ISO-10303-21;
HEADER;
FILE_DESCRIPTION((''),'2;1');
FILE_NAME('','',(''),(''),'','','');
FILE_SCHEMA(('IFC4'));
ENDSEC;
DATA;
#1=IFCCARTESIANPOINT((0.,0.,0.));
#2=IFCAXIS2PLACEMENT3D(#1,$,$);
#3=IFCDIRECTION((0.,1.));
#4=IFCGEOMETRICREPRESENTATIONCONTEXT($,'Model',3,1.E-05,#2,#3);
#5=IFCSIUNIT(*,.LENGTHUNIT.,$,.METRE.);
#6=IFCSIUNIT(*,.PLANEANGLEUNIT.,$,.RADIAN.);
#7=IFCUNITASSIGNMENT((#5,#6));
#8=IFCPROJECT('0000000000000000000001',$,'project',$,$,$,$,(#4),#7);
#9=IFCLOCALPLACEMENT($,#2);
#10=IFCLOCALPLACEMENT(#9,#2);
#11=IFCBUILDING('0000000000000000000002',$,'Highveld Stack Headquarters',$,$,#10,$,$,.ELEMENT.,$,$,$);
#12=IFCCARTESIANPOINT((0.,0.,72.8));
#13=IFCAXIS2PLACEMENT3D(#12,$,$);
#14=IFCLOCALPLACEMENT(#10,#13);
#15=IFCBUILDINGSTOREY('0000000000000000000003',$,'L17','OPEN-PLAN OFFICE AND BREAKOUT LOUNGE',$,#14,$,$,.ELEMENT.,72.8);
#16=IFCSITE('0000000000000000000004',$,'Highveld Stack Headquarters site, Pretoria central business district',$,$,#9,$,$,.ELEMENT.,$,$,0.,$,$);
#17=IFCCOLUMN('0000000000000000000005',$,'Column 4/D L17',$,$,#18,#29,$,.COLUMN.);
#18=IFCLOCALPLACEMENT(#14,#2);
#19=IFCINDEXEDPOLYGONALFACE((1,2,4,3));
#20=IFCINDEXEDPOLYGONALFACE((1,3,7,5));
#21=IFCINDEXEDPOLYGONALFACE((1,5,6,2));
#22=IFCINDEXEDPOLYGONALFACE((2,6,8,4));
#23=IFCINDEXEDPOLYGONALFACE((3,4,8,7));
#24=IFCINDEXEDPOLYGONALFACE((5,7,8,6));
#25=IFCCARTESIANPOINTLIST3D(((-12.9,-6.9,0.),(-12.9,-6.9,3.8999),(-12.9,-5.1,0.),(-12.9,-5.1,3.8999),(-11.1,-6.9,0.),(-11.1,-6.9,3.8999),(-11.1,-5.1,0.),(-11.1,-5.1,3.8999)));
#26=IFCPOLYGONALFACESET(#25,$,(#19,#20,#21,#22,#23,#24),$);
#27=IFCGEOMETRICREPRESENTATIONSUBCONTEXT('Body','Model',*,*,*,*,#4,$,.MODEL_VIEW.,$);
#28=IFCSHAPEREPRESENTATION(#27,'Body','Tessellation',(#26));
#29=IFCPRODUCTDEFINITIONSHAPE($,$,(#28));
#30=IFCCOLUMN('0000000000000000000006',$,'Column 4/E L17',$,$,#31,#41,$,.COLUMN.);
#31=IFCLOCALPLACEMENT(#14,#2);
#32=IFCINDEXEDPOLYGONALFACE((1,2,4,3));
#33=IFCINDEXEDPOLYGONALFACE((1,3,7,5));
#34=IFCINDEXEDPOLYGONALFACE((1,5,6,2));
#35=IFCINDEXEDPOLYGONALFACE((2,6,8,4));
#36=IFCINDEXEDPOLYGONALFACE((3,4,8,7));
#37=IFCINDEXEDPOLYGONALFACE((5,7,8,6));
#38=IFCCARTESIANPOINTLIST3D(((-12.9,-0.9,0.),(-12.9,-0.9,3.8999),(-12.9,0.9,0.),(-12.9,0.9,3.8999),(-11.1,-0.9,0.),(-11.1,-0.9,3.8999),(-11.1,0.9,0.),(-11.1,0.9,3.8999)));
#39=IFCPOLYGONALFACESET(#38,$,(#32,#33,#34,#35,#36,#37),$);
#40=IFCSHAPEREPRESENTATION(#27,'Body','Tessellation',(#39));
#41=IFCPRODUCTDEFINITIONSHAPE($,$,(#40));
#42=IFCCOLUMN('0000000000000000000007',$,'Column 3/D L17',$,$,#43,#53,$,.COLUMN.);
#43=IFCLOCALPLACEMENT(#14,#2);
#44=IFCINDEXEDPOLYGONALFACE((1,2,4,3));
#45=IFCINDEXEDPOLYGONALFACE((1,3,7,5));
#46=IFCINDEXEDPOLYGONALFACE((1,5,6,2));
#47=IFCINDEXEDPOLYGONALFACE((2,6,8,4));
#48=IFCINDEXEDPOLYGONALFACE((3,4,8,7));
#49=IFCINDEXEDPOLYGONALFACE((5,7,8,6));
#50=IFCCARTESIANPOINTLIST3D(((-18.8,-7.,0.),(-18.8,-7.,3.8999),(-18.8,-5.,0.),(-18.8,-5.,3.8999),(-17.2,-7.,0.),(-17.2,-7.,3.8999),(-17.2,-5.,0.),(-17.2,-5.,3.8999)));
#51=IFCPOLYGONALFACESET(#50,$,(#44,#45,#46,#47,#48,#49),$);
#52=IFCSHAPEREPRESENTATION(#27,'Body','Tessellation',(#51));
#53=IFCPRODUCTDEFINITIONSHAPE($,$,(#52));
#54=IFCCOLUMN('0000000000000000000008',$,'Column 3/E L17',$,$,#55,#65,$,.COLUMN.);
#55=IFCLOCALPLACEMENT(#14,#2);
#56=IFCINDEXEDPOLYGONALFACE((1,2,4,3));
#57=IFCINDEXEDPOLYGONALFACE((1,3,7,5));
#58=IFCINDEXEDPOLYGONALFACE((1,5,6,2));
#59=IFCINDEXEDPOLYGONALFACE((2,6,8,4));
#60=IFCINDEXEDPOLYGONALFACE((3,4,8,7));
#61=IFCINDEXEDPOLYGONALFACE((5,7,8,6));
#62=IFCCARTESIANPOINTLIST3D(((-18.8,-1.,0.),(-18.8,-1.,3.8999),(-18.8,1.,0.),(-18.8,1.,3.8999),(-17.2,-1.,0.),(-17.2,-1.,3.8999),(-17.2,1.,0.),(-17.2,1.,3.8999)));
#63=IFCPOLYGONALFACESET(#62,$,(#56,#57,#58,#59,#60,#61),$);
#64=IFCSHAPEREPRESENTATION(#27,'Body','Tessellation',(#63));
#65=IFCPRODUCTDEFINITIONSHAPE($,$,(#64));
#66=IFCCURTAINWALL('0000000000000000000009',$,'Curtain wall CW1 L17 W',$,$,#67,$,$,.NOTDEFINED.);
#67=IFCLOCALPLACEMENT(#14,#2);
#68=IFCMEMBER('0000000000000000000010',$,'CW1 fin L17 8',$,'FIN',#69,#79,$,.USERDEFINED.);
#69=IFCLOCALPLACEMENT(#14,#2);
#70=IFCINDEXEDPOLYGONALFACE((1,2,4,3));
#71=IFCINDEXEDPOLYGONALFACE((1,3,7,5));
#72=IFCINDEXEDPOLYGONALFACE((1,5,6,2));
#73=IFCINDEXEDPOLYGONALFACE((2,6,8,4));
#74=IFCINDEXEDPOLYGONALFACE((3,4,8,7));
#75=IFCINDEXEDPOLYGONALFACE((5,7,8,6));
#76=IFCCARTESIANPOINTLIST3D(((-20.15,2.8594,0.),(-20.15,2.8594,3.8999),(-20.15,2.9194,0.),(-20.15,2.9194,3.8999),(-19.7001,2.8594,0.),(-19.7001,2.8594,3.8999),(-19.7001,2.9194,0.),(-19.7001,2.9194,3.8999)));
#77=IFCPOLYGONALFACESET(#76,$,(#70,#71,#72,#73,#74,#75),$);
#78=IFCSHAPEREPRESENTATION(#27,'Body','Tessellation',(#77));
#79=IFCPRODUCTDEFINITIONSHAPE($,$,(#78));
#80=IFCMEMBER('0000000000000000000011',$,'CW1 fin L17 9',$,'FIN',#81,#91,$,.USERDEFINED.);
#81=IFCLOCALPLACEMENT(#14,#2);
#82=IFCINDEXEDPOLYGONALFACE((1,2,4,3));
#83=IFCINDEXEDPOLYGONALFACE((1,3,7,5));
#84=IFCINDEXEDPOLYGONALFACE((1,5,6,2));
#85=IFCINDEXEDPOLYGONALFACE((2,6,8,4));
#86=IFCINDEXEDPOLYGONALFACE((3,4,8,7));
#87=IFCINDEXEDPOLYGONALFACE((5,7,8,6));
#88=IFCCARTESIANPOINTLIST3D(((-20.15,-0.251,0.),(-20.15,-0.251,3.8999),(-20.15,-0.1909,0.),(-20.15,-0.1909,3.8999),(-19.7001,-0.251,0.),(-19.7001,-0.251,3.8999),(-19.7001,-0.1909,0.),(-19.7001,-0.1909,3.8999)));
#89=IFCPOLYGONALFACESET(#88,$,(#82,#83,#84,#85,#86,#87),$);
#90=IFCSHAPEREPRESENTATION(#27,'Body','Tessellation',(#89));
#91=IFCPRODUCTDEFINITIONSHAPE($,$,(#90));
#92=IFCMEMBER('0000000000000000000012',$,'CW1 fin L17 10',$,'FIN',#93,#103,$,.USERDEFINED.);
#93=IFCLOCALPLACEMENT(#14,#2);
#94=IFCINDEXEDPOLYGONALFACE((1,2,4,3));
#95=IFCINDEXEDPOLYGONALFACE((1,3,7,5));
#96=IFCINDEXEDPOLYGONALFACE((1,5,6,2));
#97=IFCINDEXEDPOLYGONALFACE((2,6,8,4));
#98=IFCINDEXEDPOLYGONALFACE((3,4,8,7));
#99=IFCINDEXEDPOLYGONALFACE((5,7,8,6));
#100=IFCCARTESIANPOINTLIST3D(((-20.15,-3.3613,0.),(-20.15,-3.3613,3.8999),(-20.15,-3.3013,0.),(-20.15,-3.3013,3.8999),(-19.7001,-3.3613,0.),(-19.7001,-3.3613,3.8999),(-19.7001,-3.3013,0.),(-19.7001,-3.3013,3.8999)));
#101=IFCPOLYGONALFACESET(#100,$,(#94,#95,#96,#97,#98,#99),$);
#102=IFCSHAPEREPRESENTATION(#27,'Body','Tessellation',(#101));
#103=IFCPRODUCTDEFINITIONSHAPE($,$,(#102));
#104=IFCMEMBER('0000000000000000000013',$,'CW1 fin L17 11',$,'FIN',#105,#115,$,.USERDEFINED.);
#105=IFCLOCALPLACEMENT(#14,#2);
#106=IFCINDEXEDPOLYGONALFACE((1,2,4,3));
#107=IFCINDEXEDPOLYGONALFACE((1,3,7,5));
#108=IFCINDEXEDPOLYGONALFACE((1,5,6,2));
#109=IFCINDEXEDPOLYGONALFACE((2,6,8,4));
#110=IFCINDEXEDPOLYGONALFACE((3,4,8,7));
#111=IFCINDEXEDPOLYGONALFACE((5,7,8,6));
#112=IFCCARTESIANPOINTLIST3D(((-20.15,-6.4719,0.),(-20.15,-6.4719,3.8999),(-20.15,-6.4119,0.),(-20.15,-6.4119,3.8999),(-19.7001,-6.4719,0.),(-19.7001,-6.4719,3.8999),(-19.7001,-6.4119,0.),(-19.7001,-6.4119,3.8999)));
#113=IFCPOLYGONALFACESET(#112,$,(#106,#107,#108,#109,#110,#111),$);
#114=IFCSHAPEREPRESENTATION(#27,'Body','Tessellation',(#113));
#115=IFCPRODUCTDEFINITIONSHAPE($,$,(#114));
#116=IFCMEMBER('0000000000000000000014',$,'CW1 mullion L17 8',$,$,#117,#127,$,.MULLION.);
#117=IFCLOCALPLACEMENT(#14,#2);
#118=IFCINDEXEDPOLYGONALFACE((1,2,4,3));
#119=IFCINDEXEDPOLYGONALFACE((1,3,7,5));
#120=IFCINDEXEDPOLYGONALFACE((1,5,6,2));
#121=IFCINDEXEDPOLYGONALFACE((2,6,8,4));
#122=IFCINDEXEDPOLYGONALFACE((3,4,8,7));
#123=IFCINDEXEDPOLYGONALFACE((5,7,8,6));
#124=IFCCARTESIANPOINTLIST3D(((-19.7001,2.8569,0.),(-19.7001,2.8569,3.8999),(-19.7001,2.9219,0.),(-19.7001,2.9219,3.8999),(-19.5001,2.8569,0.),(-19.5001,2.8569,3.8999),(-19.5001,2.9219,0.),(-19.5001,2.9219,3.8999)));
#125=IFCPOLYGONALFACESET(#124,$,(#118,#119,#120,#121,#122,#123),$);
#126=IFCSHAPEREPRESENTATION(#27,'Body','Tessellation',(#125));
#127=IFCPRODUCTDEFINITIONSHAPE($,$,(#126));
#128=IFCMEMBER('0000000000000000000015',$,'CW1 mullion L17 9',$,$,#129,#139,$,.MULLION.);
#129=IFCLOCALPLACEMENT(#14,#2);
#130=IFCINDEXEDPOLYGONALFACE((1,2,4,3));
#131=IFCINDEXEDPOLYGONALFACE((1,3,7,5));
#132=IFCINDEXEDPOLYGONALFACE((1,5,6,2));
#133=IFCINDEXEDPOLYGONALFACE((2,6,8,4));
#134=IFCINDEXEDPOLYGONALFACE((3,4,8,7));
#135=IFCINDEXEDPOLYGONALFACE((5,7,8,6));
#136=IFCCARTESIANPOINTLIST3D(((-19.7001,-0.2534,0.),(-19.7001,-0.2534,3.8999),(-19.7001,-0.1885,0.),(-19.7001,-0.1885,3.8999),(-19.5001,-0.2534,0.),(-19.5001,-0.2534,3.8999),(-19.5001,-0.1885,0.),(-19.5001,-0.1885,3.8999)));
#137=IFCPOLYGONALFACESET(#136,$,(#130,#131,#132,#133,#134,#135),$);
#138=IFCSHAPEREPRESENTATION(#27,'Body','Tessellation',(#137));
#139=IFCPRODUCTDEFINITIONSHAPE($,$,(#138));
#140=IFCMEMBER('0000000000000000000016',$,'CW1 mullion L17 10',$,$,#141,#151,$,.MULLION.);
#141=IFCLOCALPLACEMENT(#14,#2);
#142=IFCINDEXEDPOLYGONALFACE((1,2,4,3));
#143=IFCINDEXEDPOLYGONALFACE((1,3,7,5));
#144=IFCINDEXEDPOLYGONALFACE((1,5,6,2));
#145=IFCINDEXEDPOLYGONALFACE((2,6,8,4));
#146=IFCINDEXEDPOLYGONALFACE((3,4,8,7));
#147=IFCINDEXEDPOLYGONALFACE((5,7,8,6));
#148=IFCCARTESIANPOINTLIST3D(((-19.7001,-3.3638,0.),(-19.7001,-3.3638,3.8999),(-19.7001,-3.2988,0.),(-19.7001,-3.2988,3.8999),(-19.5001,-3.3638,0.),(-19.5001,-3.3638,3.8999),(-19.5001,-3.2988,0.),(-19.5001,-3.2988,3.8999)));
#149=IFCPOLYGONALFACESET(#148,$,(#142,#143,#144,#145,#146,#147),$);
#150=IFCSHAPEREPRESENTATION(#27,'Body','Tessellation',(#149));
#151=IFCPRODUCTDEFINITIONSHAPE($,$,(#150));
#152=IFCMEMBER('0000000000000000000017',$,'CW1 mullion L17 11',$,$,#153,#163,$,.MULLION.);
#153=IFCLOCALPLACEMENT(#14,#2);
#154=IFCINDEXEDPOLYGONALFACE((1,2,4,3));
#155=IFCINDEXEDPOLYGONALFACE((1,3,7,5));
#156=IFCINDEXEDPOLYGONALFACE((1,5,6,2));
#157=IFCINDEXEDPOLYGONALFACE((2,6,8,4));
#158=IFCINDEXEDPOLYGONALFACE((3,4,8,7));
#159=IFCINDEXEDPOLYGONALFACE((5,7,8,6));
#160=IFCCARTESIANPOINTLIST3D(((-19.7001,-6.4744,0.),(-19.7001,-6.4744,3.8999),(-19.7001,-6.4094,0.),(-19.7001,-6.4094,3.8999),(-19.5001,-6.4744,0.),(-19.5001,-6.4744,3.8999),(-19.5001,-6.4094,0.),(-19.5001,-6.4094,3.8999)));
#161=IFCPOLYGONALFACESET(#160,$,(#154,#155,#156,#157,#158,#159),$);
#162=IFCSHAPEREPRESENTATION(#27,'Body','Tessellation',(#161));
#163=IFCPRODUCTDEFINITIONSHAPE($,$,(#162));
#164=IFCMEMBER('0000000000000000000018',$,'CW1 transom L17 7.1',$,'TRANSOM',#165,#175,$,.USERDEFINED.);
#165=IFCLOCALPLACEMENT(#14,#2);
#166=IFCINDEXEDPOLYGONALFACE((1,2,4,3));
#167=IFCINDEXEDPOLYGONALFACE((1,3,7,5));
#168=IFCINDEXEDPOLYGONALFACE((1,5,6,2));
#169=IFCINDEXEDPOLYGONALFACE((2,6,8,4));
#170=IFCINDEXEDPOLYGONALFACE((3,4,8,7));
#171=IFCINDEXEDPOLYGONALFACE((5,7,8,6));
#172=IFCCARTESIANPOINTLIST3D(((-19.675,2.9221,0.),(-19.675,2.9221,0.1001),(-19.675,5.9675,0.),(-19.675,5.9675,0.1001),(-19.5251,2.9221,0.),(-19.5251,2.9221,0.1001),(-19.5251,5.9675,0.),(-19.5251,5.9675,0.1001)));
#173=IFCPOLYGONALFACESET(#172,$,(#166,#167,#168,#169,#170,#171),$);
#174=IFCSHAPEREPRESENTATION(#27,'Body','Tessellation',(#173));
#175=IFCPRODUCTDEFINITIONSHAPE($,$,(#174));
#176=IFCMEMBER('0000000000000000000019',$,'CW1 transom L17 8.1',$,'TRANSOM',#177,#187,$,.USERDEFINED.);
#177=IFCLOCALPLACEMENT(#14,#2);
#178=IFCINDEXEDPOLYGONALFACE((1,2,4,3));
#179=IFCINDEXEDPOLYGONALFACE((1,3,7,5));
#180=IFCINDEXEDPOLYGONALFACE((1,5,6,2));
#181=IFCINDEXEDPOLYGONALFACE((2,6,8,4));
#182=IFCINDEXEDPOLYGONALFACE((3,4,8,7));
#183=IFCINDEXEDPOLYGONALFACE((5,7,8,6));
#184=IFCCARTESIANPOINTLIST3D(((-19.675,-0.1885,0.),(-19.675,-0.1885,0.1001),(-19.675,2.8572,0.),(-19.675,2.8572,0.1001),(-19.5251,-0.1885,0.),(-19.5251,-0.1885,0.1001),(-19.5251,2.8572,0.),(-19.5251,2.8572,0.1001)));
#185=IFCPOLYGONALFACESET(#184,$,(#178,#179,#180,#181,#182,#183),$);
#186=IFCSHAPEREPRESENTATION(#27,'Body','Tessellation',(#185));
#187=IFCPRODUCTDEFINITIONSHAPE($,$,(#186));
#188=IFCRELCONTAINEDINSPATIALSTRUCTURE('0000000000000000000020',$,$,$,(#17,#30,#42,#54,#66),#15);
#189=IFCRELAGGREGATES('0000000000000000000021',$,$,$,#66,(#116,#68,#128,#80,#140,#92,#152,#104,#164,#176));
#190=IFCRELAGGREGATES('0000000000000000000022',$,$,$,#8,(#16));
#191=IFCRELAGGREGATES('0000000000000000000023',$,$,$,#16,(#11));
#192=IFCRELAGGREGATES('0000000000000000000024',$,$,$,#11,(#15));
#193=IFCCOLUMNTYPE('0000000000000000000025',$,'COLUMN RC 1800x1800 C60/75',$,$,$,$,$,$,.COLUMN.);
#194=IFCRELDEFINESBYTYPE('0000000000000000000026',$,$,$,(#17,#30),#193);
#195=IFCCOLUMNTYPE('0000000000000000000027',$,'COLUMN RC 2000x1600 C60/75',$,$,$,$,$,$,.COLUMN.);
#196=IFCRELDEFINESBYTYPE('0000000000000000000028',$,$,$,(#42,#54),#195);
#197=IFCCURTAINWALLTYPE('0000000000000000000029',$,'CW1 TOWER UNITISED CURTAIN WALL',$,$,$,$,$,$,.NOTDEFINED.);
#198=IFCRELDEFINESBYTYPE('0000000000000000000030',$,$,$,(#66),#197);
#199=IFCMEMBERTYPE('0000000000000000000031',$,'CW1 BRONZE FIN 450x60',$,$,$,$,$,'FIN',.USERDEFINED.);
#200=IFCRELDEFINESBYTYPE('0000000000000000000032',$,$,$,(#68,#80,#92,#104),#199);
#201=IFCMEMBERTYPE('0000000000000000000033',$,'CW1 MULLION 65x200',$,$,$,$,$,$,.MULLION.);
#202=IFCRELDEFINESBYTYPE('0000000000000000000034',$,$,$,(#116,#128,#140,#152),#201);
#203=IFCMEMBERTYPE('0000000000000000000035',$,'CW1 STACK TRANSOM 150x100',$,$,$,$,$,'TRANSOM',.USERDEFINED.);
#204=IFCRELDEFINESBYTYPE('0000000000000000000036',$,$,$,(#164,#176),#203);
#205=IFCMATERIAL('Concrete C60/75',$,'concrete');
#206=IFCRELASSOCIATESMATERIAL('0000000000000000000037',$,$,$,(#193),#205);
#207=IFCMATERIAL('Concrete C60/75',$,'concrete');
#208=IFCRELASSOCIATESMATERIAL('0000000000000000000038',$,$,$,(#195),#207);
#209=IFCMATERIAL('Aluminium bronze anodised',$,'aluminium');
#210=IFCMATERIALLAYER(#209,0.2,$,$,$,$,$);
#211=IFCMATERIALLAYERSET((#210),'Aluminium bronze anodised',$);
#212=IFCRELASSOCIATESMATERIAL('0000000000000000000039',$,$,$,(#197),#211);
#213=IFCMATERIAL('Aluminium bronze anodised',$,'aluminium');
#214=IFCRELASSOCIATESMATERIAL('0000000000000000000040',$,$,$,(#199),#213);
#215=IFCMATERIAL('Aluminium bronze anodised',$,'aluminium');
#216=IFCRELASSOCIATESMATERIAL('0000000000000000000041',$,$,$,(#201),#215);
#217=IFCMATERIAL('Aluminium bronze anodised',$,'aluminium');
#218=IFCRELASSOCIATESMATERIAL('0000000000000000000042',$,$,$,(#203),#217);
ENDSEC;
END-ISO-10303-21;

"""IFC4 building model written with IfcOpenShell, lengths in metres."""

from ifc_helpers import new_model, si_unit, direction, frame, origin, origin_2d, place, context, subcontext, project, spatial, rectangle, extrude, material, layer, layer_set, material_profile, profile_set, type_object, element, aggregate, save


model = new_model("IFC4")

# Units and contexts
model_context = context("Model", 3, precision=1e-05, world=origin(), true_north=direction((0.0, 1.0)))
body_context = subcontext(model_context, "Body", "Model", "MODEL_VIEW")
ifc_project = project(units=[si_unit("LENGTHUNIT", "METRE"), si_unit("PLANEANGLEUNIT", "RADIAN")], contexts=[model_context])

# Site, building, storey
site_placement = place(None, origin())
site = spatial("IfcSite", under=ifc_project, at=site_placement, Name="Highveld Stack Headquarters site, Pretoria central business district", CompositionType="ELEMENT", RefElevation=0.0)
building_placement = place(site_placement, origin())
building = spatial("IfcBuilding", under=site, at=building_placement, Name="Highveld Stack Headquarters", CompositionType="ELEMENT")
storey_placement = place(building_placement, frame((0.0, 0.0, 72.8)))
storey = spatial("IfcBuildingStorey", under=building, at=storey_placement, Name="L17", Description="OPEN-PLAN OFFICE AND BREAKOUT LOUNGE", CompositionType="ELEMENT", Elevation=72.8)

# Columns
ifc_material_1 = material(Name="Concrete C60/75", Category="concrete")
ifc_material_profile_1 = material_profile(ifc_material_1, rectangle(XDim=1.8, YDim=1.8, at=origin_2d()), Name="RC 1800x1800")
ifc_profile_set_1 = profile_set([ifc_material_profile_1], Name="Concrete C60/75")
column_type_1 = type_object("IfcColumnType", Name="COLUMN RC 1800x1800 C60/75", PredefinedType="COLUMN", material=ifc_profile_set_1)
for number, where, z_axis, x_axis, name in (
    (1, (-12.0, -6.0, 0.0), (0.0, 0.0, 1.0), (1.0, 0.0, 0.0), "Column 4/D L17"),
    (2, (-12.0, 0.0, 0.0), (0.0, 0.0, 1.0), (1.0, 0.0, 0.0), "Column 4/E L17"),
):
    element("IfcColumn", number, at=place(storey_placement, frame(where, z_axis=z_axis, x_axis=x_axis)), inside=storey, type_object=column_type_1, Name=name, PredefinedType="COLUMN", context=body_context, shape_type="SweptSolid", body=[
        extrude(rectangle(XDim=1.8, YDim=1.8, at=origin_2d()), origin(), (0.0, 0.0, 1.0), 3.8999),
    ])
ifc_material_2 = material(Name="Concrete C60/75", Category="concrete")
ifc_material_profile_2 = material_profile(ifc_material_2, rectangle(XDim=2.0, YDim=1.6001, at=origin_2d()), Name="RC 2000x1600")
ifc_profile_set_2 = profile_set([ifc_material_profile_2], Name="Concrete C60/75")
column_type_2 = type_object("IfcColumnType", Name="COLUMN RC 2000x1600 C60/75", PredefinedType="COLUMN", material=ifc_profile_set_2)
for number, where, z_axis, x_axis, name in (
    (3, (-18.0, -6.0, 0.0), (0.0, 0.0, 1.0), (0.0, 1.0, 0.0), "Column 3/D L17"),
    (4, (-18.0, 0.0, 0.0), (0.0, 0.0, 1.0), (0.0, 1.0, 0.0), "Column 3/E L17"),
):
    element("IfcColumn", number, at=place(storey_placement, frame(where, z_axis=z_axis, x_axis=x_axis)), inside=storey, type_object=column_type_2, Name=name, PredefinedType="COLUMN", context=body_context, shape_type="SweptSolid", body=[
        extrude(rectangle(XDim=2.0, YDim=1.6001, at=origin_2d()), origin(), (0.0, 0.0, 1.0), 3.8999),
    ])

# Curtain wall, members
ifc_material_3 = material(Name="Aluminium bronze anodised", Category="aluminium")
ifc_layer_1 = layer(ifc_material_3, 0.2)
ifc_layer_set_1 = layer_set([ifc_layer_1], Name="Aluminium bronze anodised")
curtain_wall_type = type_object("IfcCurtainWallType", Name="CW1 TOWER UNITISED CURTAIN WALL", PredefinedType="NOTDEFINED", material=ifc_layer_set_1)
curtain_wall_placement = place(storey_placement, origin())
curtain_wall = element("IfcCurtainWall", 5, at=curtain_wall_placement, inside=storey, type_object=curtain_wall_type, Name="Curtain wall CW1 L17 W", PredefinedType="NOTDEFINED")
ifc_material_4 = material(Name="Aluminium bronze anodised", Category="aluminium")
ifc_material_profile_3 = material_profile(ifc_material_4, rectangle(XDim=0.45, YDim=0.0601, at=origin_2d()), Name="FIN 450x60")
ifc_profile_set_3 = profile_set([ifc_material_profile_3], Name="Aluminium bronze anodised")
member_type_1 = type_object("IfcMemberType", Name="CW1 BRONZE FIN 450x60", ElementType="FIN", PredefinedType="USERDEFINED", material=ifc_profile_set_3)
member_1_placement = place(storey_placement, frame((-19.925, 2.8894, 0.0), z_axis=(0.0, 0.0, 1.0), x_axis=(1.0, 0.0, 0.0)))
member_1 = element("IfcMember", 6, at=member_1_placement, type_object=member_type_1, Name="CW1 fin L17 8", ObjectType="FIN", PredefinedType="USERDEFINED", context=body_context, shape_type="SweptSolid", body=[
    extrude(rectangle(XDim=0.45, YDim=0.0601, at=origin_2d()), origin(), (0.0, 0.0, 1.0), 3.8999),
])
member_2_placement = place(storey_placement, frame((-19.925, -0.2209, 0.0), z_axis=(0.0, 0.0, 1.0), x_axis=(1.0, 0.0, 0.0)))
member_2 = element("IfcMember", 7, at=member_2_placement, type_object=member_type_1, Name="CW1 fin L17 9", ObjectType="FIN", PredefinedType="USERDEFINED", context=body_context, shape_type="SweptSolid", body=[
    extrude(rectangle(XDim=0.45, YDim=0.0601, at=origin_2d()), origin(), (0.0, 0.0, 1.0), 3.8999),
])
member_3_placement = place(storey_placement, frame((-19.925, -3.3313, 0.0), z_axis=(0.0, 0.0, 1.0), x_axis=(1.0, 0.0, 0.0)))
member_3 = element("IfcMember", 8, at=member_3_placement, type_object=member_type_1, Name="CW1 fin L17 10", ObjectType="FIN", PredefinedType="USERDEFINED", context=body_context, shape_type="SweptSolid", body=[
    extrude(rectangle(XDim=0.45, YDim=0.0601, at=origin_2d()), origin(), (0.0, 0.0, 1.0), 3.8999),
])
member_4_placement = place(storey_placement, frame((-19.925, -6.4419, 0.0), z_axis=(0.0, 0.0, 1.0), x_axis=(1.0, 0.0, 0.0)))
member_4 = element("IfcMember", 9, at=member_4_placement, type_object=member_type_1, Name="CW1 fin L17 11", ObjectType="FIN", PredefinedType="USERDEFINED", context=body_context, shape_type="SweptSolid", body=[
    extrude(rectangle(XDim=0.45, YDim=0.0601, at=origin_2d()), origin(), (0.0, 0.0, 1.0), 3.8999),
])
ifc_material_5 = material(Name="Aluminium bronze anodised", Category="aluminium")
ifc_material_profile_4 = material_profile(ifc_material_5, rectangle(XDim=0.2, YDim=0.0649, at=origin_2d()), Name="CW1 MULLION 65x200")
ifc_profile_set_4 = profile_set([ifc_material_profile_4], Name="Aluminium bronze anodised")
member_type_2 = type_object("IfcMemberType", Name="CW1 MULLION 65x200", PredefinedType="MULLION", material=ifc_profile_set_4)
member_5_placement = place(storey_placement, frame((-19.6001, 2.8894, 0.0), z_axis=(0.0, 0.0, 1.0), x_axis=(1.0, 0.0, 0.0)))
member_5 = element("IfcMember", 10, at=member_5_placement, type_object=member_type_2, Name="CW1 mullion L17 8", PredefinedType="MULLION", context=body_context, shape_type="SweptSolid", body=[
    extrude(rectangle(XDim=0.2, YDim=0.0649, at=origin_2d()), origin(), (0.0, 0.0, 1.0), 3.8999),
])
member_6_placement = place(storey_placement, frame((-19.6001, -0.2209, 0.0), z_axis=(0.0, 0.0, 1.0), x_axis=(1.0, 0.0, 0.0)))
member_6 = element("IfcMember", 11, at=member_6_placement, type_object=member_type_2, Name="CW1 mullion L17 9", PredefinedType="MULLION", context=body_context, shape_type="SweptSolid", body=[
    extrude(rectangle(XDim=0.2, YDim=0.0649, at=origin_2d()), origin(), (0.0, 0.0, 1.0), 3.8999),
])
member_7_placement = place(storey_placement, frame((-19.6001, -3.3313, 0.0), z_axis=(0.0, 0.0, 1.0), x_axis=(1.0, 0.0, 0.0)))
member_7 = element("IfcMember", 12, at=member_7_placement, type_object=member_type_2, Name="CW1 mullion L17 10", PredefinedType="MULLION", context=body_context, shape_type="SweptSolid", body=[
    extrude(rectangle(XDim=0.2, YDim=0.0649, at=origin_2d()), origin(), (0.0, 0.0, 1.0), 3.8999),
])
member_8_placement = place(storey_placement, frame((-19.6001, -6.4419, 0.0), z_axis=(0.0, 0.0, 1.0), x_axis=(1.0, 0.0, 0.0)))
member_8 = element("IfcMember", 13, at=member_8_placement, type_object=member_type_2, Name="CW1 mullion L17 11", PredefinedType="MULLION", context=body_context, shape_type="SweptSolid", body=[
    extrude(rectangle(XDim=0.2, YDim=0.0649, at=origin_2d()), origin(), (0.0, 0.0, 1.0), 3.8999),
])
ifc_material_6 = material(Name="Aluminium bronze anodised", Category="aluminium")
ifc_material_profile_5 = material_profile(ifc_material_6, rectangle(XDim=0.1499, YDim=0.1001, at=origin_2d()), Name="CW1 TRANSOM 150x100")
ifc_profile_set_5 = profile_set([ifc_material_profile_5], Name="Aluminium bronze anodised")
member_type_3 = type_object("IfcMemberType", Name="CW1 STACK TRANSOM 150x100", ElementType="TRANSOM", PredefinedType="USERDEFINED", material=ifc_profile_set_5)
member_9_placement = place(storey_placement, frame((-19.6001, 5.9675, 0.05), z_axis=(0.0, -1.0, 0.0), x_axis=(1.0, 0.0, 0.0)))
member_9 = element("IfcMember", 14, at=member_9_placement, type_object=member_type_3, Name="CW1 transom L17 7.1", ObjectType="TRANSOM", PredefinedType="USERDEFINED", context=body_context, shape_type="SweptSolid", body=[
    extrude(rectangle(XDim=0.1499, YDim=0.1001, at=origin_2d()), origin(), (0.0, 0.0, 1.0), 3.0454),
])
member_10_placement = place(storey_placement, frame((-19.6001, 2.8572, 0.05), z_axis=(0.0, -1.0, 0.0), x_axis=(1.0, 0.0, 0.0)))
member_10 = element("IfcMember", 15, at=member_10_placement, type_object=member_type_3, Name="CW1 transom L17 8.1", ObjectType="TRANSOM", PredefinedType="USERDEFINED", context=body_context, shape_type="SweptSolid", body=[
    extrude(rectangle(XDim=0.1499, YDim=0.1001, at=origin_2d()), origin(), (0.0, 0.0, 1.0), 3.0457),
])
aggregate(curtain_wall, [member_5, member_1, member_6, member_2, member_7, member_3, member_8, member_4, member_9, member_10])

save(model, "model.ifc")
